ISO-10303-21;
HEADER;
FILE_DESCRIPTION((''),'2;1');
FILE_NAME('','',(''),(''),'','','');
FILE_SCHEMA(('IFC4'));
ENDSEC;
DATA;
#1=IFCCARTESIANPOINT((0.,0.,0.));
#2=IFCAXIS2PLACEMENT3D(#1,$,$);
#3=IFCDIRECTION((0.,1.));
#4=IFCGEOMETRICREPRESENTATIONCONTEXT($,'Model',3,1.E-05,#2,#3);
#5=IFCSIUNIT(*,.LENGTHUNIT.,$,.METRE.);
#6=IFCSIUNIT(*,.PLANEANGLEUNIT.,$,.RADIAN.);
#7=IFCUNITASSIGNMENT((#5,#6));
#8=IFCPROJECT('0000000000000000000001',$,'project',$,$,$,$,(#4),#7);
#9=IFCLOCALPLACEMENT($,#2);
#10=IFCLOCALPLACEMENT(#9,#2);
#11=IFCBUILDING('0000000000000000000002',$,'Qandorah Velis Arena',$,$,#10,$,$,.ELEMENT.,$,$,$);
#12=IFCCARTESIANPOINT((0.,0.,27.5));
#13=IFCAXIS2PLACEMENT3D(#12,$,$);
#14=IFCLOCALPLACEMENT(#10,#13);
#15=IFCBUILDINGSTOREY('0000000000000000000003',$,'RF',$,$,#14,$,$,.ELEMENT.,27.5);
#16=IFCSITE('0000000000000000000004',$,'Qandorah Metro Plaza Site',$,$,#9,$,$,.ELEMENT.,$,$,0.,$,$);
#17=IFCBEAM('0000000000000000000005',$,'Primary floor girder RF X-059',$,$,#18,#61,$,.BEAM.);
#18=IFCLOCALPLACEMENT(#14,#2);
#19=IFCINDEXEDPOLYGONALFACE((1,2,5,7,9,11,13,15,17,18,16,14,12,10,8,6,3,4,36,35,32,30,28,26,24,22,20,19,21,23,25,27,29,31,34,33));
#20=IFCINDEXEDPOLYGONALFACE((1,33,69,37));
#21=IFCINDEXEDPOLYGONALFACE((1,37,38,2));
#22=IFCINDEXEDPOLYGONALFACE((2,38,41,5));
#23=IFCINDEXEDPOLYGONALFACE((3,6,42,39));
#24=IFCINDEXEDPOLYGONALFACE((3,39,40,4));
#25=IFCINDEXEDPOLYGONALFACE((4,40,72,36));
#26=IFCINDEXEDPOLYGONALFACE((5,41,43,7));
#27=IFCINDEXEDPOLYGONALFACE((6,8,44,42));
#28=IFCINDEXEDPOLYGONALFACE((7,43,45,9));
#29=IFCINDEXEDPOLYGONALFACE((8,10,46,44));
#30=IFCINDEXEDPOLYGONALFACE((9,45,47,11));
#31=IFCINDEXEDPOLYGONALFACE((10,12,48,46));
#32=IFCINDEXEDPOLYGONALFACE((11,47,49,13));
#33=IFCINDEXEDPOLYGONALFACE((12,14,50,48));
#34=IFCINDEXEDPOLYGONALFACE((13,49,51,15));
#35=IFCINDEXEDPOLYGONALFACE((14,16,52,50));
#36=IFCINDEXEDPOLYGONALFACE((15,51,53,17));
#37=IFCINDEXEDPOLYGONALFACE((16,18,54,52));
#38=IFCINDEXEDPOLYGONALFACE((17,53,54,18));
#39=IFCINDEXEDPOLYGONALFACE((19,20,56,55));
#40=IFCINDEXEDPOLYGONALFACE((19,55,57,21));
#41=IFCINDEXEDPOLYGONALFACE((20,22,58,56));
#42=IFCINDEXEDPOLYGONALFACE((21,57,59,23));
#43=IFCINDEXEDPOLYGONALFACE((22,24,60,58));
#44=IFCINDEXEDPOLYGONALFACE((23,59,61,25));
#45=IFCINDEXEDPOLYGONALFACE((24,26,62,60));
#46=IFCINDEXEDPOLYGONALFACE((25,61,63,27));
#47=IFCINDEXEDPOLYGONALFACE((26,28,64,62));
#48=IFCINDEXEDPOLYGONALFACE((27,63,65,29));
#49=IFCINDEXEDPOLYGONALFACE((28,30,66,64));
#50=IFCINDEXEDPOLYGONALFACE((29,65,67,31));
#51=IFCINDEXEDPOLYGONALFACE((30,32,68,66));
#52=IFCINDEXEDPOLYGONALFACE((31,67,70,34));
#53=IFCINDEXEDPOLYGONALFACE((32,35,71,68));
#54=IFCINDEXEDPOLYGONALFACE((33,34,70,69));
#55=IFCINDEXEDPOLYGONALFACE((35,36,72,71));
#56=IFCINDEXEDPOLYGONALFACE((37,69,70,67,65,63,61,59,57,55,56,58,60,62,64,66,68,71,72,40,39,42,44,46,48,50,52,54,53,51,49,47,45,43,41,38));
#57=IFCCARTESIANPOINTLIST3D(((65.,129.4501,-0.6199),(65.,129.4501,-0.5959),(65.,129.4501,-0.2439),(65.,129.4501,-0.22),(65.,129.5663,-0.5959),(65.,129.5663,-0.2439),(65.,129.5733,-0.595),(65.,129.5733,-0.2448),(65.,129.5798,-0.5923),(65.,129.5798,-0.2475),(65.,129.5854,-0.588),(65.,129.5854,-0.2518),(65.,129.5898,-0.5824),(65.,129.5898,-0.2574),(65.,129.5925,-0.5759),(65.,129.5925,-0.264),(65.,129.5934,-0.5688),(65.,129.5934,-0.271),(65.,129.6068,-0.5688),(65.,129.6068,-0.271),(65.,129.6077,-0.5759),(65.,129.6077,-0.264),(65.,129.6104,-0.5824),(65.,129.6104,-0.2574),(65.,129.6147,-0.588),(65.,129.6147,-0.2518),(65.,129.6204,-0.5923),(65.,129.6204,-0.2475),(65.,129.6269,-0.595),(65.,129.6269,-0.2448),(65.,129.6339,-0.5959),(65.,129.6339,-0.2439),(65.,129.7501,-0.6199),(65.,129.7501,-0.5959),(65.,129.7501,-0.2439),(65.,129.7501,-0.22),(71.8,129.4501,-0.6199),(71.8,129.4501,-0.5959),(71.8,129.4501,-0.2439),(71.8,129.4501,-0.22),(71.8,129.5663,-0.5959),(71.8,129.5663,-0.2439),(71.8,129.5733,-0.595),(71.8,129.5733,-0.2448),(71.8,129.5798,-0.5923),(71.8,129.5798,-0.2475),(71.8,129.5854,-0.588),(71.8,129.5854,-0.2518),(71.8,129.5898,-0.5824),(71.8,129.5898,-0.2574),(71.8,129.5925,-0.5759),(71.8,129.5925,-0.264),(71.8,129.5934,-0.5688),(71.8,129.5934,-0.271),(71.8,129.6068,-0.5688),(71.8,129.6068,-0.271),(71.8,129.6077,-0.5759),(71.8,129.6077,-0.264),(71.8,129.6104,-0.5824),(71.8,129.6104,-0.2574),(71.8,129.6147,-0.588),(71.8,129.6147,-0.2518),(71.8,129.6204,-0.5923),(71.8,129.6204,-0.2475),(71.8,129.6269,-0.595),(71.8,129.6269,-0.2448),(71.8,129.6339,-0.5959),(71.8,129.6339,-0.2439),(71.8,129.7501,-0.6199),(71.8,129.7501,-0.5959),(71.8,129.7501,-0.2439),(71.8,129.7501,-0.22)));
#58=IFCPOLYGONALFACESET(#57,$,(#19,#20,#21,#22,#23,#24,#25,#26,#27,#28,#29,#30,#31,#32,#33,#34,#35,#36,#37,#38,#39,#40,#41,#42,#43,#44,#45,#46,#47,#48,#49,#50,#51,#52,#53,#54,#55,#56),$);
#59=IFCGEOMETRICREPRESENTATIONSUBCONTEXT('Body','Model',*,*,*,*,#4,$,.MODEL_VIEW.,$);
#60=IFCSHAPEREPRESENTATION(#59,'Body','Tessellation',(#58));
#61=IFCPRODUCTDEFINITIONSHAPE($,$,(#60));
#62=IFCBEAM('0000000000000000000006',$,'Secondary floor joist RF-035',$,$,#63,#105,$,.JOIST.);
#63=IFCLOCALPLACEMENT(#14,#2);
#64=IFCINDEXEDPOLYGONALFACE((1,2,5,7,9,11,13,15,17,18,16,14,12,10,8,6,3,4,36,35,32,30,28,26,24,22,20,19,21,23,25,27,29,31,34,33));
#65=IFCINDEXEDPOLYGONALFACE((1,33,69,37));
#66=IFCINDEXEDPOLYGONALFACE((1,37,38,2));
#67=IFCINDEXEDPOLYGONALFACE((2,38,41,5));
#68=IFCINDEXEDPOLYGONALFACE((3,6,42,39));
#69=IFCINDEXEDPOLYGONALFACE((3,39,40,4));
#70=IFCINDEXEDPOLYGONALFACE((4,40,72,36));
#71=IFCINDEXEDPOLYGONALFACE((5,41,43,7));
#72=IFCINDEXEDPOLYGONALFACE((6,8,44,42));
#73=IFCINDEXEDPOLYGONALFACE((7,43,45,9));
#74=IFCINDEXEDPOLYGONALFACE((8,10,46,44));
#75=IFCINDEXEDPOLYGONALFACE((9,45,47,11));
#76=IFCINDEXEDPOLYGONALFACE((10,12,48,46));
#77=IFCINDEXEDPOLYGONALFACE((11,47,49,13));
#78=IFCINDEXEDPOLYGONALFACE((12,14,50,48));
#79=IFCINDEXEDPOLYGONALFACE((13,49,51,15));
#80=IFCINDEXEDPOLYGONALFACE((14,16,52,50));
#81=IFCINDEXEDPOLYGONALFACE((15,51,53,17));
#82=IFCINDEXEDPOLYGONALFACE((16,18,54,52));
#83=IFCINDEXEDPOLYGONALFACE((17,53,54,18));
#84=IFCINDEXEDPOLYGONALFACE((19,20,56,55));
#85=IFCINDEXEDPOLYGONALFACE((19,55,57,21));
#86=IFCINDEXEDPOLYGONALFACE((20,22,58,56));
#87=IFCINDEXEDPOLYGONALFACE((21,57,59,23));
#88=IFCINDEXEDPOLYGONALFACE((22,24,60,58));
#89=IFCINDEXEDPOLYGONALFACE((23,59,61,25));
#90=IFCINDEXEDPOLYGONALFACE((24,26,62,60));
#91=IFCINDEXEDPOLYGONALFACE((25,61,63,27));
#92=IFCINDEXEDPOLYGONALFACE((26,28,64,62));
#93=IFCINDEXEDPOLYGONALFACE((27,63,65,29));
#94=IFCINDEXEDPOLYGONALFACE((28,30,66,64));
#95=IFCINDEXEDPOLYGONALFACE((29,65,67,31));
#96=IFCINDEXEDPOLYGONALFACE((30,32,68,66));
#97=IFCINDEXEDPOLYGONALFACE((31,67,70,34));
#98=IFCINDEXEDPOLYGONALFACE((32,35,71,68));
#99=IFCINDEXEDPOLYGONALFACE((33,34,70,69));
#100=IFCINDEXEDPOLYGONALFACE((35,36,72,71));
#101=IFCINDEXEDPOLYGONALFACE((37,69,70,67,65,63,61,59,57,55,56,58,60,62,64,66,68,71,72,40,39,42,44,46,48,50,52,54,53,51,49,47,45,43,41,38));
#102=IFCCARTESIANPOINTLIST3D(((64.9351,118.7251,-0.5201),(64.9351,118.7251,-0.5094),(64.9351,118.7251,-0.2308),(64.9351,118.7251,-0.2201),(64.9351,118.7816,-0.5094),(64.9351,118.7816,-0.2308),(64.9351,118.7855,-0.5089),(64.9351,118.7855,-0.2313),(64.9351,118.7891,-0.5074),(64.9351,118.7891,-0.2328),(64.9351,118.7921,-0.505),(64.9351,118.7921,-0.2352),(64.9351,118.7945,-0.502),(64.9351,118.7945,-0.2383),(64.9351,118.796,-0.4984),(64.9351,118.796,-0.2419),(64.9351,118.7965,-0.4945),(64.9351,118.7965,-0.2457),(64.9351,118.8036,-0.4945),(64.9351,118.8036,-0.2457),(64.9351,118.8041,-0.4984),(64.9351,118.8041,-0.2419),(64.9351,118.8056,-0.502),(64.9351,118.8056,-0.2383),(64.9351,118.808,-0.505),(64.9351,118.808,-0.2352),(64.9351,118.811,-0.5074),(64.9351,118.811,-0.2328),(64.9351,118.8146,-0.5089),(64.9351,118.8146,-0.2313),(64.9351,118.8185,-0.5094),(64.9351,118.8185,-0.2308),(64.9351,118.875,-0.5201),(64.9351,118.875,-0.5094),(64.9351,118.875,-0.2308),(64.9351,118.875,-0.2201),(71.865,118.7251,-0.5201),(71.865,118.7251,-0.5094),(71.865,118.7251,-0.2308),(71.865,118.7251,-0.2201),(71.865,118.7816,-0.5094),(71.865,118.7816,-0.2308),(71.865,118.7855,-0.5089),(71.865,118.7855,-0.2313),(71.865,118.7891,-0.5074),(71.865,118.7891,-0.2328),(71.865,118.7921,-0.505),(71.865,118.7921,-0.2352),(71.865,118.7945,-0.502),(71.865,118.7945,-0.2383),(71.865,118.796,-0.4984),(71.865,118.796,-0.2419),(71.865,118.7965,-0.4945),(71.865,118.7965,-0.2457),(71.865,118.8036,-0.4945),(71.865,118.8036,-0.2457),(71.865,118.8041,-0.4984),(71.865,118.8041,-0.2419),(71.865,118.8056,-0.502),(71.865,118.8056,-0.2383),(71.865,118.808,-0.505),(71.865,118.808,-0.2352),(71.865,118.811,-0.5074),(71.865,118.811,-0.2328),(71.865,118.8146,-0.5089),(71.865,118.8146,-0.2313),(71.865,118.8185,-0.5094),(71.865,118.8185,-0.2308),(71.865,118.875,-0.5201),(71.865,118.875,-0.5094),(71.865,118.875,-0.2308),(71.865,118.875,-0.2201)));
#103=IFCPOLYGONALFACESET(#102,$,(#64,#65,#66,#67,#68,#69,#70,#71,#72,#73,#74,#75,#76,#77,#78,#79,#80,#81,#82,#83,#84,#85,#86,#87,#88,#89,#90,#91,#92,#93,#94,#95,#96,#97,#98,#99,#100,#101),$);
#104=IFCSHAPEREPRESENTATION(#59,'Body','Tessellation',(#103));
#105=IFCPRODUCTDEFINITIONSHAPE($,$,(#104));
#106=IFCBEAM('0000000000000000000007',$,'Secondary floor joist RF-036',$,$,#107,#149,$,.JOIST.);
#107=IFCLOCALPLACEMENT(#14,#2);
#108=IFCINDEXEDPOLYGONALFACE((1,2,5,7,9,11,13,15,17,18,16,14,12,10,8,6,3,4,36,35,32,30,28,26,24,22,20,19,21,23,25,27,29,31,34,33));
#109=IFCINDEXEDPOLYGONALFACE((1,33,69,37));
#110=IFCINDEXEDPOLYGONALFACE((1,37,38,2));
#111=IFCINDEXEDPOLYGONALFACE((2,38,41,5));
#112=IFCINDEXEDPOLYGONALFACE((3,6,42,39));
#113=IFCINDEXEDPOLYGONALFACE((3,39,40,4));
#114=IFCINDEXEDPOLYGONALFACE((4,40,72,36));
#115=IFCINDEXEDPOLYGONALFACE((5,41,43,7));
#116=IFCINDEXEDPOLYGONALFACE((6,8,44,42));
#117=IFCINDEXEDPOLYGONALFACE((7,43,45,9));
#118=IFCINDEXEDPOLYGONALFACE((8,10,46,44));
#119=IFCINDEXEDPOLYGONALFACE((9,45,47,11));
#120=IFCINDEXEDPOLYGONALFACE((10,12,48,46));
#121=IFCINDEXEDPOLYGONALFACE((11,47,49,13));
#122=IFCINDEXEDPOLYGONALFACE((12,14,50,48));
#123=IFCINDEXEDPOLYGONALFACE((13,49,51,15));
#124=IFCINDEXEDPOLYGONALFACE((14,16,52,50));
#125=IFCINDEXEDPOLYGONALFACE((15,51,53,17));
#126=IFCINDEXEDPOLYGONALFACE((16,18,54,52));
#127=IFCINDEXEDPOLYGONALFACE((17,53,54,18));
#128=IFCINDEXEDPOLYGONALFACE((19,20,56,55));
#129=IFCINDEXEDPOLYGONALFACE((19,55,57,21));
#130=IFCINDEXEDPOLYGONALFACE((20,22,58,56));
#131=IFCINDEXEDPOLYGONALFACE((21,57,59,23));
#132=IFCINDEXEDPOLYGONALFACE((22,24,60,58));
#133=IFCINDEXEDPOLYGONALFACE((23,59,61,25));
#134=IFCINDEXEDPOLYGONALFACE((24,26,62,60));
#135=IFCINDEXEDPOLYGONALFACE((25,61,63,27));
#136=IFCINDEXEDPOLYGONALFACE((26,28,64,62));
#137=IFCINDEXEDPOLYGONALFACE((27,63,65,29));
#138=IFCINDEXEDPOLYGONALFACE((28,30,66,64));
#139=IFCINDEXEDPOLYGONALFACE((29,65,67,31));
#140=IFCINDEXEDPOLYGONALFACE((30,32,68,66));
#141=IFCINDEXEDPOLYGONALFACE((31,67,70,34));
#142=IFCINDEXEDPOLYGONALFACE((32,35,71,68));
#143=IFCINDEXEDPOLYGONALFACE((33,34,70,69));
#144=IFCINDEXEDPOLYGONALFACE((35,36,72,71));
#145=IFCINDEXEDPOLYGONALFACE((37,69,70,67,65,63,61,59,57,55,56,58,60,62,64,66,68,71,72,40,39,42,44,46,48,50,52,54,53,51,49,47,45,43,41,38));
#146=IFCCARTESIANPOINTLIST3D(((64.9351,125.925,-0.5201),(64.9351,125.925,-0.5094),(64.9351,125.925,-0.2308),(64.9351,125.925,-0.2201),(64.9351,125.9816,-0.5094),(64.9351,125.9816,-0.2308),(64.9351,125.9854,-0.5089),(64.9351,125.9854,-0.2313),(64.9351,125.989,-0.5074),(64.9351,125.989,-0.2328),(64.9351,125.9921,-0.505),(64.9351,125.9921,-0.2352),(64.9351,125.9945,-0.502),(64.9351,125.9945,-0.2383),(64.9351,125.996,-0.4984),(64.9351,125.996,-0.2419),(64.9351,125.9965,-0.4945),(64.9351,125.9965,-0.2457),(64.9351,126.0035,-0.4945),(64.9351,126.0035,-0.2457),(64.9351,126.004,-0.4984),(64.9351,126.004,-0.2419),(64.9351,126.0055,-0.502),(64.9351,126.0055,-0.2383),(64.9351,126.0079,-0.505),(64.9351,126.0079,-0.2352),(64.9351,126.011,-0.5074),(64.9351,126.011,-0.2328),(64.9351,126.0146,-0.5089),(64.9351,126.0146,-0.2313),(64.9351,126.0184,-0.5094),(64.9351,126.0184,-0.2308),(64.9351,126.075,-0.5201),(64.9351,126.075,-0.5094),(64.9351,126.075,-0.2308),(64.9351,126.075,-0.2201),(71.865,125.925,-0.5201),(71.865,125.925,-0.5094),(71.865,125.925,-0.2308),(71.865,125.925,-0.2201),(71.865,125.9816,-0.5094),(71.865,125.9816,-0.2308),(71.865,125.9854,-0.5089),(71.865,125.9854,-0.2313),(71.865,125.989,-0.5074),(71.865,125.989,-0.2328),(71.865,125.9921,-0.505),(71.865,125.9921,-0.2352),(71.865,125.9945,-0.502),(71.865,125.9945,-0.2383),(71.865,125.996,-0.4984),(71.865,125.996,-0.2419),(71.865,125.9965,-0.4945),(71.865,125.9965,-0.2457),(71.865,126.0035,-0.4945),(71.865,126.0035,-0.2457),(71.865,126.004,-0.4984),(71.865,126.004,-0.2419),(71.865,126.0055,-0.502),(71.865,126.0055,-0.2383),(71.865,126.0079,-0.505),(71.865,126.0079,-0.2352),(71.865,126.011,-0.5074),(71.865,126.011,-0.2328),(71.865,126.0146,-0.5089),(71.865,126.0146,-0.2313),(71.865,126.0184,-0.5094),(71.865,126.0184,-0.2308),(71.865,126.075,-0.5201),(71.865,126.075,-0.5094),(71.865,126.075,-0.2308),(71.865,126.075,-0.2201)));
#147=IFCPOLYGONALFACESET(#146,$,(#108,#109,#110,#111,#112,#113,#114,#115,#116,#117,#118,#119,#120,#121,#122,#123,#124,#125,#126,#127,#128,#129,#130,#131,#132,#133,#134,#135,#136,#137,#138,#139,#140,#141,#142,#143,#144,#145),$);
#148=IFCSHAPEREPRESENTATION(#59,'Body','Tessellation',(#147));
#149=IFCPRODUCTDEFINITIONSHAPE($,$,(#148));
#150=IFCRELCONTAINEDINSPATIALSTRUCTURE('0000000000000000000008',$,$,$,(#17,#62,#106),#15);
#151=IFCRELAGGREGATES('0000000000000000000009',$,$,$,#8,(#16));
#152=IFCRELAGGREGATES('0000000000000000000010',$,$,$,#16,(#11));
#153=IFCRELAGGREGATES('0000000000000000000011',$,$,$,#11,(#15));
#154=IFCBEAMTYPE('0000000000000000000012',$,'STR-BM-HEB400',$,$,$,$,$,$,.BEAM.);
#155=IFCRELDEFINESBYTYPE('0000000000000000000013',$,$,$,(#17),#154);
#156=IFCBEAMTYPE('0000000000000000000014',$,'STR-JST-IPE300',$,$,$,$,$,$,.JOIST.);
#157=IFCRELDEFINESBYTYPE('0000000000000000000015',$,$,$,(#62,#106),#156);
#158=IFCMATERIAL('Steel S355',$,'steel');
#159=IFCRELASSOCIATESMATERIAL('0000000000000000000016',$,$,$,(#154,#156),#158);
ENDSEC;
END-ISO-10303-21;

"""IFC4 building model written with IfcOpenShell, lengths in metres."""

from ifc_helpers import new_model, si_unit, direction, frame, origin, origin_2d, place, context, subcontext, project, spatial, i_section, extrude, material, material_profile, profile_set, type_object, element, save


model = new_model("IFC4")

# Units and contexts
model_context = context("Model", 3, precision=1e-05, world=origin(), true_north=direction((0.0, 1.0)))
body_context = subcontext(model_context, "Body", "Model", "MODEL_VIEW")
ifc_project = project(units=[si_unit("LENGTHUNIT", "METRE"), si_unit("PLANEANGLEUNIT", "RADIAN")], contexts=[model_context])

# Site, building, storey
site_placement = place(None, origin())
site = spatial("IfcSite", under=ifc_project, at=site_placement, Name="Qandorah Metro Plaza Site", CompositionType="ELEMENT", RefElevation=0.0)
building_placement = place(site_placement, origin())
building = spatial("IfcBuilding", under=site, at=building_placement, Name="Qandorah Velis Arena", CompositionType="ELEMENT")
storey_placement = place(building_placement, frame((0.0, 0.0, 27.5)))
storey = spatial("IfcBuildingStorey", under=building, at=storey_placement, Name="RF", CompositionType="ELEMENT", Elevation=27.5)

# Beams
ifc_material_1 = material(Name="Steel S355", Category="steel")
ifc_material_profile_1 = material_profile(ifc_material_1, i_section(OverallWidth=0.3, OverallDepth=0.3999, WebThickness=0.0134, FlangeThickness=0.0239, FilletRadius=0.0271, at=origin_2d()), Name="HEB 400")
ifc_profile_set_1 = profile_set([ifc_material_profile_1], Name="Steel S355")
beam_type_1 = type_object("IfcBeamType", Name="STR-BM-HEB400", PredefinedType="BEAM", material=ifc_profile_set_1)
for number, where, z_axis, x_axis, name in (
    (1, (65.0, 129.6001, -0.4199), (1.0, 0.0, 0.0), (0.0, 1.0, 0.0), "Primary floor girder RF X-059"),
):
    element("IfcBeam", number, at=place(storey_placement, frame(where, z_axis=z_axis, x_axis=x_axis)), inside=storey, type_object=beam_type_1, Name=name, PredefinedType="BEAM", context=body_context, shape_type="SweptSolid", body=[
        extrude(i_section(OverallWidth=0.3, OverallDepth=0.3999, WebThickness=0.0134, FlangeThickness=0.0239, FilletRadius=0.0271, at=origin_2d()), origin(), (0.0, 0.0, 1.0), 6.8),
    ])
ifc_material_profile_2 = material_profile(ifc_material_1, i_section(OverallWidth=0.1499, OverallDepth=0.3, WebThickness=0.0071, FlangeThickness=0.0107, FilletRadius=0.0149, at=origin_2d()), Name="IPE 300")
ifc_profile_set_2 = profile_set([ifc_material_profile_2], Name="Steel S355")
beam_type_2 = type_object("IfcBeamType", Name="STR-JST-IPE300", PredefinedType="JOIST", material=ifc_profile_set_2)
for number, where, z_axis, x_axis, name in (
    (2, (64.9351, 118.8, -0.3701), (1.0, 0.0, 0.0), (0.0, 1.0, 0.0), "Secondary floor joist RF-035"),
    (3, (64.9351, 126.0, -0.3701), (1.0, 0.0, 0.0), (0.0, 1.0, 0.0), "Secondary floor joist RF-036"),
):
    element("IfcBeam", number, at=place(storey_placement, frame(where, z_axis=z_axis, x_axis=x_axis)), inside=storey, type_object=beam_type_2, Name=name, PredefinedType="JOIST", context=body_context, shape_type="SweptSolid", body=[
        extrude(i_section(OverallWidth=0.1499, OverallDepth=0.3, WebThickness=0.0071, FlangeThickness=0.0107, FilletRadius=0.0149, at=origin_2d()), origin(), (0.0, 0.0, 1.0), 6.9299),
    ])

save(model, "model.ifc")
